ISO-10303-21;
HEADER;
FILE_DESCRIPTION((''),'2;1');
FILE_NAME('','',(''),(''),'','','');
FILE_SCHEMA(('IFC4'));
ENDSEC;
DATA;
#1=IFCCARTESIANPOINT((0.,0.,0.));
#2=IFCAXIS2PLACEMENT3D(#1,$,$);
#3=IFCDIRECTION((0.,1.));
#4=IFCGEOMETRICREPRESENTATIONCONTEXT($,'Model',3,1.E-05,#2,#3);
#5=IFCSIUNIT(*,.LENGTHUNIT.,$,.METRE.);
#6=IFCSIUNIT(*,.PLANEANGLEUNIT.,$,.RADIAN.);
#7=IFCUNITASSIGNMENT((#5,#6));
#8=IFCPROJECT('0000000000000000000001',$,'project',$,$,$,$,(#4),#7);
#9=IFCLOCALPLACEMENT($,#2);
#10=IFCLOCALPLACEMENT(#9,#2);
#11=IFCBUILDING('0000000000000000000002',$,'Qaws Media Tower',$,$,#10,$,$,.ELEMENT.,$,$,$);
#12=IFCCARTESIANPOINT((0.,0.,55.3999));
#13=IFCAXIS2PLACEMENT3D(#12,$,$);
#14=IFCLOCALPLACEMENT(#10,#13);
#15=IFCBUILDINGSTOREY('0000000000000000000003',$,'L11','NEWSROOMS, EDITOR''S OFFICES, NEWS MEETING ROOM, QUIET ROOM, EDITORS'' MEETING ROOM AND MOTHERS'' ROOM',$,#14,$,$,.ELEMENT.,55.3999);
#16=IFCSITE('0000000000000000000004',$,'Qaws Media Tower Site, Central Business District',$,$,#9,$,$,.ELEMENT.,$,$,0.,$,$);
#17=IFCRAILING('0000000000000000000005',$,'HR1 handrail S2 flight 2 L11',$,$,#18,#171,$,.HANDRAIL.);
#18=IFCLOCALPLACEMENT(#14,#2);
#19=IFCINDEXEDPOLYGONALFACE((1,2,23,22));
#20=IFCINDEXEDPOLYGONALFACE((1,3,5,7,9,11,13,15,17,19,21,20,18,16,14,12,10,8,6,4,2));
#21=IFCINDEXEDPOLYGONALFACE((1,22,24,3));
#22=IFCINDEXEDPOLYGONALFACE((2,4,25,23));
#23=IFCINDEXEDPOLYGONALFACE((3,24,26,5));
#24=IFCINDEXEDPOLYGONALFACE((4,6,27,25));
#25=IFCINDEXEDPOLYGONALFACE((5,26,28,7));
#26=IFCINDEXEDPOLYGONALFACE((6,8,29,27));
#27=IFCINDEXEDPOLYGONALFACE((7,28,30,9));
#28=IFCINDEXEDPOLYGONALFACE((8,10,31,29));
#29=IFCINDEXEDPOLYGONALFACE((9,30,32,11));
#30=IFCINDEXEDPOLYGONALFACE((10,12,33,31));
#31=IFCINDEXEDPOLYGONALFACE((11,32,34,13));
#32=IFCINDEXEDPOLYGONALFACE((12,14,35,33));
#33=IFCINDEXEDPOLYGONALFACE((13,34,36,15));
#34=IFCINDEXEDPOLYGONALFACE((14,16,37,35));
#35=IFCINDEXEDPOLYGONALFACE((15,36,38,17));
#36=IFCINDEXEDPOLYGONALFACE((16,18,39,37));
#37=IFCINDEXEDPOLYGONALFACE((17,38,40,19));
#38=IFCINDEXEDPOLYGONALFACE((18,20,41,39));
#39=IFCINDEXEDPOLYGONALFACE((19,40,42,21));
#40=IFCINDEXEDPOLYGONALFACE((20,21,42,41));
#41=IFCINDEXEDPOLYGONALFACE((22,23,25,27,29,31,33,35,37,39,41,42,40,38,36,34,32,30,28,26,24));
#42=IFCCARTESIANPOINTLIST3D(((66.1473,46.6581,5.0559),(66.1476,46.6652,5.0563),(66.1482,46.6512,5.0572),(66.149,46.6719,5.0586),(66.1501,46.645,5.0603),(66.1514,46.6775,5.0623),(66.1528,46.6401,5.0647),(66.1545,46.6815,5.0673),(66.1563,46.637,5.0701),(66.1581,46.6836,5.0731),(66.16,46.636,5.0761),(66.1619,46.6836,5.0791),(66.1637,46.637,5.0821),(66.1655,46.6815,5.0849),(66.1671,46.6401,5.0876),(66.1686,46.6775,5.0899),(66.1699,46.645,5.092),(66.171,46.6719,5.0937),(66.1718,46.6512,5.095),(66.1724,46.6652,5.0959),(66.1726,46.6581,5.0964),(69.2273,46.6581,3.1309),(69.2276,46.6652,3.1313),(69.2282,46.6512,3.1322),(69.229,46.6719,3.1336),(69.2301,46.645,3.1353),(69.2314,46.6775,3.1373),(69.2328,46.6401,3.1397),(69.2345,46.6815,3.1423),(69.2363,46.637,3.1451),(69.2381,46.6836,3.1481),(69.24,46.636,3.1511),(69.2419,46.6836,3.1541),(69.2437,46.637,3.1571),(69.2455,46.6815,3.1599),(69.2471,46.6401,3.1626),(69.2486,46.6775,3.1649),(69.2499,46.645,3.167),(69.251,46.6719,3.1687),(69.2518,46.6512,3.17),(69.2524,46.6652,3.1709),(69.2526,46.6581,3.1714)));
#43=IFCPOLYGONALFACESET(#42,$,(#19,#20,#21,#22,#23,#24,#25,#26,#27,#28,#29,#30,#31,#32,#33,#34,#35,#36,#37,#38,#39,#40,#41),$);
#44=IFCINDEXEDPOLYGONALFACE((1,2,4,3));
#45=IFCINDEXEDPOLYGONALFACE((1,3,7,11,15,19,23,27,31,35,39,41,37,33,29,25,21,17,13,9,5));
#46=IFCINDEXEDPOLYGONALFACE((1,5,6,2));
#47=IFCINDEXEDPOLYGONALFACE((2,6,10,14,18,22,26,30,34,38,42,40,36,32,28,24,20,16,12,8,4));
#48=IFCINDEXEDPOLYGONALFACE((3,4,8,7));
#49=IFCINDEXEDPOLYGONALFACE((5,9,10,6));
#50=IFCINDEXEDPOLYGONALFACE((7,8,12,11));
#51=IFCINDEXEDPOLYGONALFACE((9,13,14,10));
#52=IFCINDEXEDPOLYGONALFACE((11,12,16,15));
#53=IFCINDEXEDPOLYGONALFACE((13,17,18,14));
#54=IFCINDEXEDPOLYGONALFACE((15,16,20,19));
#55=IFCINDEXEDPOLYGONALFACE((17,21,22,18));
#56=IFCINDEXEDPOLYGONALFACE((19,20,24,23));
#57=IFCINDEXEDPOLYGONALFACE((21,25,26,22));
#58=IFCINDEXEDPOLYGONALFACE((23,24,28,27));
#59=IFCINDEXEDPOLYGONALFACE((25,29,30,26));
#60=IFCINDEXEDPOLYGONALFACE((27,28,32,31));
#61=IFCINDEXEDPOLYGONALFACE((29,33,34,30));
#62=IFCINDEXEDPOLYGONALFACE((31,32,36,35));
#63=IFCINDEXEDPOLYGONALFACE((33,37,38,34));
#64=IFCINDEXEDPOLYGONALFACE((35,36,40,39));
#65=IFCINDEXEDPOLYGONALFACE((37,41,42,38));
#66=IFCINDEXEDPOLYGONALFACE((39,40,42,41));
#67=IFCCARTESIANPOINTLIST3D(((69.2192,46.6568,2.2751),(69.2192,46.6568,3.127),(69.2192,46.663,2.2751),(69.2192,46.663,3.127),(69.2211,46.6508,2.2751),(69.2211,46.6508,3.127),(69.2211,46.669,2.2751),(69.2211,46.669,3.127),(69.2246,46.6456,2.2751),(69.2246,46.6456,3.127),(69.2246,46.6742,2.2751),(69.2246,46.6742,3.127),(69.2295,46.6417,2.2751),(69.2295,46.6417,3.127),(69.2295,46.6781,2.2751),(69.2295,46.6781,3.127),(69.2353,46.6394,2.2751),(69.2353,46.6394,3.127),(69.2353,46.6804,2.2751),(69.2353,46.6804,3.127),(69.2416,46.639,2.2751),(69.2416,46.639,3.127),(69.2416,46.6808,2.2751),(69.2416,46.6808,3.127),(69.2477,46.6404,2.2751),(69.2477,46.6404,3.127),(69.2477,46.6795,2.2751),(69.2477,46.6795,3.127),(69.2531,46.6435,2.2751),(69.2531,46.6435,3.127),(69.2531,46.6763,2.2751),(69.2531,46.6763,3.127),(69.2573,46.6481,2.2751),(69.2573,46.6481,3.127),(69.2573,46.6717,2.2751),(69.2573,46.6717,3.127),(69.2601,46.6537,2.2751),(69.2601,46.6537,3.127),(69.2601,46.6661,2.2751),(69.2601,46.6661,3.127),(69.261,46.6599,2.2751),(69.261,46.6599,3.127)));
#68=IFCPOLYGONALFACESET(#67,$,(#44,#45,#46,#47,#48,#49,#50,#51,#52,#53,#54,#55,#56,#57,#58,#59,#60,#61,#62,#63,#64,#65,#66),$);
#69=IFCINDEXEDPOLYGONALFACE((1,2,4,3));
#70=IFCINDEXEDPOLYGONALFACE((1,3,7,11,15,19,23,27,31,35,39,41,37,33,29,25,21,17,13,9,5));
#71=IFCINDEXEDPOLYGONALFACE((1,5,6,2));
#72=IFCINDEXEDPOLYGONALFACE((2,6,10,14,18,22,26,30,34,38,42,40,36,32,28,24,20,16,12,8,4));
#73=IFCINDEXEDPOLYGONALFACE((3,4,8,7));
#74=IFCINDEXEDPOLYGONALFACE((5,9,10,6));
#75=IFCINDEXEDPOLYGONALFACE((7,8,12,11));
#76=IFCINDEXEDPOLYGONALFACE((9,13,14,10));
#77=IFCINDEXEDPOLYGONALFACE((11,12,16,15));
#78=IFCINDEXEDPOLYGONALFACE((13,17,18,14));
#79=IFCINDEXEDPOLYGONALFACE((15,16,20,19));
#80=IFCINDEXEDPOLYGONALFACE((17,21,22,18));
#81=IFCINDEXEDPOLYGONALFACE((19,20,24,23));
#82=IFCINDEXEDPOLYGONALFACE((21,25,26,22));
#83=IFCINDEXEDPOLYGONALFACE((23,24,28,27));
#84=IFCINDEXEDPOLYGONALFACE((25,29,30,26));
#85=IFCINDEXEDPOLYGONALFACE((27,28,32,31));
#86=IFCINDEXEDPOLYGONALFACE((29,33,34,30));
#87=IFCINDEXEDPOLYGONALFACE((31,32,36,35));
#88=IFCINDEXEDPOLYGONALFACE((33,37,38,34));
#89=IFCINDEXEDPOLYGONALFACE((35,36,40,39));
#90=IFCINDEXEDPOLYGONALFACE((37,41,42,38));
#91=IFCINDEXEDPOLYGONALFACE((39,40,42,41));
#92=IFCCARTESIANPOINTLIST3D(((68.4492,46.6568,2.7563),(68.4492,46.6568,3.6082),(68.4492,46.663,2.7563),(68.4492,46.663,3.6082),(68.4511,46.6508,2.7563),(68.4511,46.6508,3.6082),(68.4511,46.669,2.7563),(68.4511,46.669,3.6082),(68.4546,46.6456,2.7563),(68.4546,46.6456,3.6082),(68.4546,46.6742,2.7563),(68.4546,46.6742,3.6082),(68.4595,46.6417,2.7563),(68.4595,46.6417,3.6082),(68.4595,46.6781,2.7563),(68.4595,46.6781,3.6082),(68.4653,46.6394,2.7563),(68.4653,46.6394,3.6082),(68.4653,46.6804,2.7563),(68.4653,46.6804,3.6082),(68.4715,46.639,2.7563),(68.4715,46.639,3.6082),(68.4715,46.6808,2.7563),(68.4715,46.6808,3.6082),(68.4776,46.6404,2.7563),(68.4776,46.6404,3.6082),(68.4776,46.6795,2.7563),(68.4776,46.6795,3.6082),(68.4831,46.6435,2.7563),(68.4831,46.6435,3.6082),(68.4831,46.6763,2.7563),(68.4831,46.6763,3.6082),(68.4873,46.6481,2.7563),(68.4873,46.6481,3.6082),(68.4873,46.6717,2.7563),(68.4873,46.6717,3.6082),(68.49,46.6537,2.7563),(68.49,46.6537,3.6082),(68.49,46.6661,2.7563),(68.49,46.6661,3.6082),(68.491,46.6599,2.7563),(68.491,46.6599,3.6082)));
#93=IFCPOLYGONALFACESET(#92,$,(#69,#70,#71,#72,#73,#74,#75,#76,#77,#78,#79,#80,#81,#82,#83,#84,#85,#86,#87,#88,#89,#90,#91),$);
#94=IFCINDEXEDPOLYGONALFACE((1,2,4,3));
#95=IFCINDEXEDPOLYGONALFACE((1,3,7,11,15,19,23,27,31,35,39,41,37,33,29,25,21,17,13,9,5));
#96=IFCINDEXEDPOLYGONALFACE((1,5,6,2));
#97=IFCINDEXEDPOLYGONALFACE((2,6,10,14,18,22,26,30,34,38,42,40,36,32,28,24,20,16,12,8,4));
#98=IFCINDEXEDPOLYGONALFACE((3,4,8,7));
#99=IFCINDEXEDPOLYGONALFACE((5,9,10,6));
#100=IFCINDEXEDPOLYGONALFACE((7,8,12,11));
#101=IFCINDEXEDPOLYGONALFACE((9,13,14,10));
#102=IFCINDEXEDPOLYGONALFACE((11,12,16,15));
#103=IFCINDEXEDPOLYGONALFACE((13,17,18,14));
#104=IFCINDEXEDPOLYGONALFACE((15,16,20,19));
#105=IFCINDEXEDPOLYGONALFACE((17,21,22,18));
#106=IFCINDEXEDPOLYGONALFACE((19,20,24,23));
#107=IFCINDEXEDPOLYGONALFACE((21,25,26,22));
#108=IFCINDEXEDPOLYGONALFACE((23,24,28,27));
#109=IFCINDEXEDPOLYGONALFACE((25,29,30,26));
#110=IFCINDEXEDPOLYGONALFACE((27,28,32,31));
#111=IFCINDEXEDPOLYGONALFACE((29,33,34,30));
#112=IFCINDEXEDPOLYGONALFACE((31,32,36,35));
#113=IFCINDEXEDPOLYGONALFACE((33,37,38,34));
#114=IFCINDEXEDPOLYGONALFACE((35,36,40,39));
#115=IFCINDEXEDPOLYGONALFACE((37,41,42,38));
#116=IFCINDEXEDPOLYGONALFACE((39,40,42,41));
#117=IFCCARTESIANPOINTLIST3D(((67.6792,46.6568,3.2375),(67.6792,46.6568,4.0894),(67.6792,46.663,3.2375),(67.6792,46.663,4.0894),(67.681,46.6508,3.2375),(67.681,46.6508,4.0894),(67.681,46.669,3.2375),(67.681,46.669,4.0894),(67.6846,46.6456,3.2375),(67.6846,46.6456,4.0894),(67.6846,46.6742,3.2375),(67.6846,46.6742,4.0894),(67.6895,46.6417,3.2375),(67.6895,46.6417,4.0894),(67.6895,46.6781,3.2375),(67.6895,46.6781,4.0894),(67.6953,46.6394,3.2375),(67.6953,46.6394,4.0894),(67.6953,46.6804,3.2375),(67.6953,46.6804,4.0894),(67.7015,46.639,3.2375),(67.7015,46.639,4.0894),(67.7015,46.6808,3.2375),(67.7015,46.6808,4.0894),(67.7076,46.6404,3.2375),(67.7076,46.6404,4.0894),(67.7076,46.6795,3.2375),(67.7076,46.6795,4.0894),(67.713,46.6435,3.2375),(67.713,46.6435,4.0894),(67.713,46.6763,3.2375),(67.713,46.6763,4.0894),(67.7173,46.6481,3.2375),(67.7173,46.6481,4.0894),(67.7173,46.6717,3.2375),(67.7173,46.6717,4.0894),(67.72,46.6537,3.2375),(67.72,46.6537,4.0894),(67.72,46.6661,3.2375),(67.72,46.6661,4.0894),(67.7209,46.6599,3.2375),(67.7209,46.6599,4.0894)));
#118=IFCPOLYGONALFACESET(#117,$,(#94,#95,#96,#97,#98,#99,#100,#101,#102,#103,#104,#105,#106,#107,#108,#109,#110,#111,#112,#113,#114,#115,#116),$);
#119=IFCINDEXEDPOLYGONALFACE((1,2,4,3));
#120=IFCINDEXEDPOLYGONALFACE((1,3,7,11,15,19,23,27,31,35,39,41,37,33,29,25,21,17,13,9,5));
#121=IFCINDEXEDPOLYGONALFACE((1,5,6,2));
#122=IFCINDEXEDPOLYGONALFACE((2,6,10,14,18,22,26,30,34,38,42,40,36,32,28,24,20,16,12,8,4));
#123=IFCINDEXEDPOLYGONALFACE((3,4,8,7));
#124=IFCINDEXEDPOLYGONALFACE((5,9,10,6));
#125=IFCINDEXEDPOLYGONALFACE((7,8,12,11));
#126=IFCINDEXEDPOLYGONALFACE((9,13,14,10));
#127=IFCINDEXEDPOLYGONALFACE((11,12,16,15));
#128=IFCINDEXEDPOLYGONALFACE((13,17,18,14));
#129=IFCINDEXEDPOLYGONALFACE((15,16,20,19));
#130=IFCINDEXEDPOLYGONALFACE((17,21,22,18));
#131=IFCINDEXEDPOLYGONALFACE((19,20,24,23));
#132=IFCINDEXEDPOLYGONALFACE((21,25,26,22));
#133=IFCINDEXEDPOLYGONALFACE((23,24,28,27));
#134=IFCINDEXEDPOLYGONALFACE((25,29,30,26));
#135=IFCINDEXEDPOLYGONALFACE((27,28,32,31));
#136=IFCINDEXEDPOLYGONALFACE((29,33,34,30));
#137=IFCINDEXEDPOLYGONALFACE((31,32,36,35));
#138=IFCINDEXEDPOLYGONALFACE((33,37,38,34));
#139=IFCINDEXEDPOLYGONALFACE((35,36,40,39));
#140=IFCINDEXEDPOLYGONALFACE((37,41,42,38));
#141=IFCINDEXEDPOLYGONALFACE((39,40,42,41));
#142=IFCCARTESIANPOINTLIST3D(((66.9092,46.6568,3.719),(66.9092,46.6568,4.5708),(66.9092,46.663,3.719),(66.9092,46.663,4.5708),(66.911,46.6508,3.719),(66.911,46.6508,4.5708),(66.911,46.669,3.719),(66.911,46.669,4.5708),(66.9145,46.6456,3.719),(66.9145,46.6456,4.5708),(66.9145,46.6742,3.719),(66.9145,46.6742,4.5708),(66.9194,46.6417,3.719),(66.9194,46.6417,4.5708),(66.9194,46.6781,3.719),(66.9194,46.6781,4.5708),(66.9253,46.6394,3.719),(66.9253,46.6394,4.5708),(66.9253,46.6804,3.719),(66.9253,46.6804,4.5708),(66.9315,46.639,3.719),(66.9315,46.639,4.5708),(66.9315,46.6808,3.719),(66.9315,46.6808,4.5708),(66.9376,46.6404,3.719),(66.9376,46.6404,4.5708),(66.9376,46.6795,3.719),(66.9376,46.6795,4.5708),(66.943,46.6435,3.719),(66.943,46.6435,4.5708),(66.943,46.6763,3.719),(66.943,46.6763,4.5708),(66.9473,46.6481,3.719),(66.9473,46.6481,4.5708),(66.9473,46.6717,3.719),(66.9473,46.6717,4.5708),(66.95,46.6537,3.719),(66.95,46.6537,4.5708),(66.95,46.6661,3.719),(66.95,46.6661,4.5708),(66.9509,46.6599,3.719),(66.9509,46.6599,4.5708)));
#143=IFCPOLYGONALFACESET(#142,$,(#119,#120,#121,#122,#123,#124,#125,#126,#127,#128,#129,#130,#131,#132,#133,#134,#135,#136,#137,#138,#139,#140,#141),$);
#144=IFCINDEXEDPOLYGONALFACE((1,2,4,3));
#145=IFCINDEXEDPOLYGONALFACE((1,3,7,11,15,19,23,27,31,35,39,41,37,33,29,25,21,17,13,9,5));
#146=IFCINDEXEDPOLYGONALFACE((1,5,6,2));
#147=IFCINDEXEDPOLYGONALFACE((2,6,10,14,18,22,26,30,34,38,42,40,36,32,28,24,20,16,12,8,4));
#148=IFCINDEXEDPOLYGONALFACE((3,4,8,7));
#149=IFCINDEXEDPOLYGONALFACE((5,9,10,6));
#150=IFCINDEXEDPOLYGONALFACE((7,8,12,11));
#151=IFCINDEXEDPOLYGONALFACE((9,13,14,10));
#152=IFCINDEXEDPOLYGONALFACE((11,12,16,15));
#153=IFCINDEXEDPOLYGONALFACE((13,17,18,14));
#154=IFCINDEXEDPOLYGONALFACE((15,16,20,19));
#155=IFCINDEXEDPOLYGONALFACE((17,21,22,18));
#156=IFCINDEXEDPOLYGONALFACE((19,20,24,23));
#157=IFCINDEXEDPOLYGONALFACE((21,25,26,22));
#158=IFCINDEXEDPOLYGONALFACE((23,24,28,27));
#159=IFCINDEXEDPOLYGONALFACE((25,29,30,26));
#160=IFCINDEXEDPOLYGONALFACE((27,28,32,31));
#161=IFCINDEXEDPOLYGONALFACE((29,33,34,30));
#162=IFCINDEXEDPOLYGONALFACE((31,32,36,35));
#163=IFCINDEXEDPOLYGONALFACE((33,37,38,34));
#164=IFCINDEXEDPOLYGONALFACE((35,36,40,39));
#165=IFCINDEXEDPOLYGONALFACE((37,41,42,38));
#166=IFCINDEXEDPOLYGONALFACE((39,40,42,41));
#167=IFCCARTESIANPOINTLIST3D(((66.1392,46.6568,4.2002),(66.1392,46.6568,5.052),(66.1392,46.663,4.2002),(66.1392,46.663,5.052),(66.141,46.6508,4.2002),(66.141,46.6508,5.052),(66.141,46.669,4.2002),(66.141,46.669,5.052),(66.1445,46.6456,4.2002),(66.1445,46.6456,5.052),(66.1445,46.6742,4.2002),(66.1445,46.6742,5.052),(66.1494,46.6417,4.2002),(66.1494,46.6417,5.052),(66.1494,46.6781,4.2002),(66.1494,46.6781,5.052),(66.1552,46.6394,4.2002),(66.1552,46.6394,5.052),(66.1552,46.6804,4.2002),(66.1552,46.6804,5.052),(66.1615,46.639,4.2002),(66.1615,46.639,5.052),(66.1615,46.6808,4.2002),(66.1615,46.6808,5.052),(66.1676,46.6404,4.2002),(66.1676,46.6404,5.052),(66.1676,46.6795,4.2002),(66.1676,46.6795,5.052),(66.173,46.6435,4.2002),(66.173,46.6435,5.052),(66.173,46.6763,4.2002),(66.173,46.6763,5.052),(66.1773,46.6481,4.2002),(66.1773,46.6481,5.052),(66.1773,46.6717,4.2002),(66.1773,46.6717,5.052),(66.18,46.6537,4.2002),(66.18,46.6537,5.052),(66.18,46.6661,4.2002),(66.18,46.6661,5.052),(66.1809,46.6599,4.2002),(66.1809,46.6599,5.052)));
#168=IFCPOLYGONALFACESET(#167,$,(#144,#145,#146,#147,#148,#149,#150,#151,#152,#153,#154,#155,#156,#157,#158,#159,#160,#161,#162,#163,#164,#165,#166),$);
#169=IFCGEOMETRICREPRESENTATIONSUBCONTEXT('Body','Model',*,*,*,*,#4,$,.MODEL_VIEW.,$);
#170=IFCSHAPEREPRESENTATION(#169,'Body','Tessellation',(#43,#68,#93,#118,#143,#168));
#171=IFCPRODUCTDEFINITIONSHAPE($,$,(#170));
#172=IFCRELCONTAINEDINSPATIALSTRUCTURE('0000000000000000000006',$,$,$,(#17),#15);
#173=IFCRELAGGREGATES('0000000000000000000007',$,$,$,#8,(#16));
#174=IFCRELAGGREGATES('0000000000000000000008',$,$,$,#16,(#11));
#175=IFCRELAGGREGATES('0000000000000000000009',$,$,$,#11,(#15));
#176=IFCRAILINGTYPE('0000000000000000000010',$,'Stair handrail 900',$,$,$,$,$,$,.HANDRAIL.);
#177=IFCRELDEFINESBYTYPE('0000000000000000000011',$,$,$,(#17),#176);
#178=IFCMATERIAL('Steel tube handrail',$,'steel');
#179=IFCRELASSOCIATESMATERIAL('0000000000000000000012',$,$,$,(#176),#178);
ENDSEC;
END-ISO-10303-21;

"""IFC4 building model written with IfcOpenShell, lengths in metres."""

from ifc_helpers import new_model, si_unit, direction, frame, origin, origin_2d, place, context, subcontext, project, spatial, circle, extrude, material, type_object, element, save


model = new_model("IFC4")

# Units and contexts
model_context = context("Model", 3, precision=1e-05, world=origin(), true_north=direction((0.0, 1.0)))
body_context = subcontext(model_context, "Body", "Model", "MODEL_VIEW")
ifc_project = project(units=[si_unit("LENGTHUNIT", "METRE"), si_unit("PLANEANGLEUNIT", "RADIAN")], contexts=[model_context])

# Site, building, storey
site_placement = place(None, origin())
site = spatial("IfcSite", under=ifc_project, at=site_placement, Name="Qaws Media Tower Site, Central Business District", CompositionType="ELEMENT", RefElevation=0.0)
building_placement = place(site_placement, origin())
building = spatial("IfcBuilding", under=site, at=building_placement, Name="Qaws Media Tower", CompositionType="ELEMENT")
storey_placement = place(building_placement, frame((0.0, 0.0, 55.3999)))
storey = spatial("IfcBuildingStorey", under=building, at=storey_placement, Name="L11", Description="NEWSROOMS, EDITOR'S OFFICES, NEWS MEETING ROOM, QUIET ROOM, EDITORS' MEETING ROOM AND MOTHERS' ROOM", CompositionType="ELEMENT", Elevation=55.3999)

# Railing
ifc_material_1 = material(Name="Steel tube handrail", Category="steel")
railing_type = type_object("IfcRailingType", Name="Stair handrail 900", PredefinedType="HANDRAIL", material=ifc_material_1)
for number, where, name in (
    (1, (69.24, 46.6599, 2.2751), "HR1 handrail S2 flight 2 L11"),
):
    element("IfcRailing", number, at=place(storey_placement, frame(where)), inside=storey, type_object=railing_type, Name=name, PredefinedType="HANDRAIL", context=body_context, shape_type="SweptSolid", body=[
        extrude(circle(Radius=0.0239, at=origin_2d()), frame((0.0, 0.0, 0.876), z_axis=(-0.847998, 0.0, 0.529999), x_axis=(0.0, -1.0, 0.0)), (0.0, 0.0, 1.0), 3.6321),
        extrude(circle(Radius=0.021, at=origin_2d()), origin(), (0.0, 0.0, 1.0), 0.8518),
        extrude(circle(Radius=0.021, at=origin_2d()), frame((-0.77, 0.0, 0.4812)), (0.0, 0.0, 1.0), 0.8518),
        extrude(circle(Radius=0.021, at=origin_2d()), frame((-1.54, 0.0, 0.9624)), (0.0, 0.0, 1.0), 0.8518),
        extrude(circle(Radius=0.021, at=origin_2d()), frame((-2.3101, 0.0, 1.4438)), (0.0, 0.0, 1.0), 0.8518),
        extrude(circle(Radius=0.021, at=origin_2d()), frame((-3.0801, 0.0, 1.925)), (0.0, 0.0, 1.0), 0.8518),
    ])

save(model, "model.ifc")
